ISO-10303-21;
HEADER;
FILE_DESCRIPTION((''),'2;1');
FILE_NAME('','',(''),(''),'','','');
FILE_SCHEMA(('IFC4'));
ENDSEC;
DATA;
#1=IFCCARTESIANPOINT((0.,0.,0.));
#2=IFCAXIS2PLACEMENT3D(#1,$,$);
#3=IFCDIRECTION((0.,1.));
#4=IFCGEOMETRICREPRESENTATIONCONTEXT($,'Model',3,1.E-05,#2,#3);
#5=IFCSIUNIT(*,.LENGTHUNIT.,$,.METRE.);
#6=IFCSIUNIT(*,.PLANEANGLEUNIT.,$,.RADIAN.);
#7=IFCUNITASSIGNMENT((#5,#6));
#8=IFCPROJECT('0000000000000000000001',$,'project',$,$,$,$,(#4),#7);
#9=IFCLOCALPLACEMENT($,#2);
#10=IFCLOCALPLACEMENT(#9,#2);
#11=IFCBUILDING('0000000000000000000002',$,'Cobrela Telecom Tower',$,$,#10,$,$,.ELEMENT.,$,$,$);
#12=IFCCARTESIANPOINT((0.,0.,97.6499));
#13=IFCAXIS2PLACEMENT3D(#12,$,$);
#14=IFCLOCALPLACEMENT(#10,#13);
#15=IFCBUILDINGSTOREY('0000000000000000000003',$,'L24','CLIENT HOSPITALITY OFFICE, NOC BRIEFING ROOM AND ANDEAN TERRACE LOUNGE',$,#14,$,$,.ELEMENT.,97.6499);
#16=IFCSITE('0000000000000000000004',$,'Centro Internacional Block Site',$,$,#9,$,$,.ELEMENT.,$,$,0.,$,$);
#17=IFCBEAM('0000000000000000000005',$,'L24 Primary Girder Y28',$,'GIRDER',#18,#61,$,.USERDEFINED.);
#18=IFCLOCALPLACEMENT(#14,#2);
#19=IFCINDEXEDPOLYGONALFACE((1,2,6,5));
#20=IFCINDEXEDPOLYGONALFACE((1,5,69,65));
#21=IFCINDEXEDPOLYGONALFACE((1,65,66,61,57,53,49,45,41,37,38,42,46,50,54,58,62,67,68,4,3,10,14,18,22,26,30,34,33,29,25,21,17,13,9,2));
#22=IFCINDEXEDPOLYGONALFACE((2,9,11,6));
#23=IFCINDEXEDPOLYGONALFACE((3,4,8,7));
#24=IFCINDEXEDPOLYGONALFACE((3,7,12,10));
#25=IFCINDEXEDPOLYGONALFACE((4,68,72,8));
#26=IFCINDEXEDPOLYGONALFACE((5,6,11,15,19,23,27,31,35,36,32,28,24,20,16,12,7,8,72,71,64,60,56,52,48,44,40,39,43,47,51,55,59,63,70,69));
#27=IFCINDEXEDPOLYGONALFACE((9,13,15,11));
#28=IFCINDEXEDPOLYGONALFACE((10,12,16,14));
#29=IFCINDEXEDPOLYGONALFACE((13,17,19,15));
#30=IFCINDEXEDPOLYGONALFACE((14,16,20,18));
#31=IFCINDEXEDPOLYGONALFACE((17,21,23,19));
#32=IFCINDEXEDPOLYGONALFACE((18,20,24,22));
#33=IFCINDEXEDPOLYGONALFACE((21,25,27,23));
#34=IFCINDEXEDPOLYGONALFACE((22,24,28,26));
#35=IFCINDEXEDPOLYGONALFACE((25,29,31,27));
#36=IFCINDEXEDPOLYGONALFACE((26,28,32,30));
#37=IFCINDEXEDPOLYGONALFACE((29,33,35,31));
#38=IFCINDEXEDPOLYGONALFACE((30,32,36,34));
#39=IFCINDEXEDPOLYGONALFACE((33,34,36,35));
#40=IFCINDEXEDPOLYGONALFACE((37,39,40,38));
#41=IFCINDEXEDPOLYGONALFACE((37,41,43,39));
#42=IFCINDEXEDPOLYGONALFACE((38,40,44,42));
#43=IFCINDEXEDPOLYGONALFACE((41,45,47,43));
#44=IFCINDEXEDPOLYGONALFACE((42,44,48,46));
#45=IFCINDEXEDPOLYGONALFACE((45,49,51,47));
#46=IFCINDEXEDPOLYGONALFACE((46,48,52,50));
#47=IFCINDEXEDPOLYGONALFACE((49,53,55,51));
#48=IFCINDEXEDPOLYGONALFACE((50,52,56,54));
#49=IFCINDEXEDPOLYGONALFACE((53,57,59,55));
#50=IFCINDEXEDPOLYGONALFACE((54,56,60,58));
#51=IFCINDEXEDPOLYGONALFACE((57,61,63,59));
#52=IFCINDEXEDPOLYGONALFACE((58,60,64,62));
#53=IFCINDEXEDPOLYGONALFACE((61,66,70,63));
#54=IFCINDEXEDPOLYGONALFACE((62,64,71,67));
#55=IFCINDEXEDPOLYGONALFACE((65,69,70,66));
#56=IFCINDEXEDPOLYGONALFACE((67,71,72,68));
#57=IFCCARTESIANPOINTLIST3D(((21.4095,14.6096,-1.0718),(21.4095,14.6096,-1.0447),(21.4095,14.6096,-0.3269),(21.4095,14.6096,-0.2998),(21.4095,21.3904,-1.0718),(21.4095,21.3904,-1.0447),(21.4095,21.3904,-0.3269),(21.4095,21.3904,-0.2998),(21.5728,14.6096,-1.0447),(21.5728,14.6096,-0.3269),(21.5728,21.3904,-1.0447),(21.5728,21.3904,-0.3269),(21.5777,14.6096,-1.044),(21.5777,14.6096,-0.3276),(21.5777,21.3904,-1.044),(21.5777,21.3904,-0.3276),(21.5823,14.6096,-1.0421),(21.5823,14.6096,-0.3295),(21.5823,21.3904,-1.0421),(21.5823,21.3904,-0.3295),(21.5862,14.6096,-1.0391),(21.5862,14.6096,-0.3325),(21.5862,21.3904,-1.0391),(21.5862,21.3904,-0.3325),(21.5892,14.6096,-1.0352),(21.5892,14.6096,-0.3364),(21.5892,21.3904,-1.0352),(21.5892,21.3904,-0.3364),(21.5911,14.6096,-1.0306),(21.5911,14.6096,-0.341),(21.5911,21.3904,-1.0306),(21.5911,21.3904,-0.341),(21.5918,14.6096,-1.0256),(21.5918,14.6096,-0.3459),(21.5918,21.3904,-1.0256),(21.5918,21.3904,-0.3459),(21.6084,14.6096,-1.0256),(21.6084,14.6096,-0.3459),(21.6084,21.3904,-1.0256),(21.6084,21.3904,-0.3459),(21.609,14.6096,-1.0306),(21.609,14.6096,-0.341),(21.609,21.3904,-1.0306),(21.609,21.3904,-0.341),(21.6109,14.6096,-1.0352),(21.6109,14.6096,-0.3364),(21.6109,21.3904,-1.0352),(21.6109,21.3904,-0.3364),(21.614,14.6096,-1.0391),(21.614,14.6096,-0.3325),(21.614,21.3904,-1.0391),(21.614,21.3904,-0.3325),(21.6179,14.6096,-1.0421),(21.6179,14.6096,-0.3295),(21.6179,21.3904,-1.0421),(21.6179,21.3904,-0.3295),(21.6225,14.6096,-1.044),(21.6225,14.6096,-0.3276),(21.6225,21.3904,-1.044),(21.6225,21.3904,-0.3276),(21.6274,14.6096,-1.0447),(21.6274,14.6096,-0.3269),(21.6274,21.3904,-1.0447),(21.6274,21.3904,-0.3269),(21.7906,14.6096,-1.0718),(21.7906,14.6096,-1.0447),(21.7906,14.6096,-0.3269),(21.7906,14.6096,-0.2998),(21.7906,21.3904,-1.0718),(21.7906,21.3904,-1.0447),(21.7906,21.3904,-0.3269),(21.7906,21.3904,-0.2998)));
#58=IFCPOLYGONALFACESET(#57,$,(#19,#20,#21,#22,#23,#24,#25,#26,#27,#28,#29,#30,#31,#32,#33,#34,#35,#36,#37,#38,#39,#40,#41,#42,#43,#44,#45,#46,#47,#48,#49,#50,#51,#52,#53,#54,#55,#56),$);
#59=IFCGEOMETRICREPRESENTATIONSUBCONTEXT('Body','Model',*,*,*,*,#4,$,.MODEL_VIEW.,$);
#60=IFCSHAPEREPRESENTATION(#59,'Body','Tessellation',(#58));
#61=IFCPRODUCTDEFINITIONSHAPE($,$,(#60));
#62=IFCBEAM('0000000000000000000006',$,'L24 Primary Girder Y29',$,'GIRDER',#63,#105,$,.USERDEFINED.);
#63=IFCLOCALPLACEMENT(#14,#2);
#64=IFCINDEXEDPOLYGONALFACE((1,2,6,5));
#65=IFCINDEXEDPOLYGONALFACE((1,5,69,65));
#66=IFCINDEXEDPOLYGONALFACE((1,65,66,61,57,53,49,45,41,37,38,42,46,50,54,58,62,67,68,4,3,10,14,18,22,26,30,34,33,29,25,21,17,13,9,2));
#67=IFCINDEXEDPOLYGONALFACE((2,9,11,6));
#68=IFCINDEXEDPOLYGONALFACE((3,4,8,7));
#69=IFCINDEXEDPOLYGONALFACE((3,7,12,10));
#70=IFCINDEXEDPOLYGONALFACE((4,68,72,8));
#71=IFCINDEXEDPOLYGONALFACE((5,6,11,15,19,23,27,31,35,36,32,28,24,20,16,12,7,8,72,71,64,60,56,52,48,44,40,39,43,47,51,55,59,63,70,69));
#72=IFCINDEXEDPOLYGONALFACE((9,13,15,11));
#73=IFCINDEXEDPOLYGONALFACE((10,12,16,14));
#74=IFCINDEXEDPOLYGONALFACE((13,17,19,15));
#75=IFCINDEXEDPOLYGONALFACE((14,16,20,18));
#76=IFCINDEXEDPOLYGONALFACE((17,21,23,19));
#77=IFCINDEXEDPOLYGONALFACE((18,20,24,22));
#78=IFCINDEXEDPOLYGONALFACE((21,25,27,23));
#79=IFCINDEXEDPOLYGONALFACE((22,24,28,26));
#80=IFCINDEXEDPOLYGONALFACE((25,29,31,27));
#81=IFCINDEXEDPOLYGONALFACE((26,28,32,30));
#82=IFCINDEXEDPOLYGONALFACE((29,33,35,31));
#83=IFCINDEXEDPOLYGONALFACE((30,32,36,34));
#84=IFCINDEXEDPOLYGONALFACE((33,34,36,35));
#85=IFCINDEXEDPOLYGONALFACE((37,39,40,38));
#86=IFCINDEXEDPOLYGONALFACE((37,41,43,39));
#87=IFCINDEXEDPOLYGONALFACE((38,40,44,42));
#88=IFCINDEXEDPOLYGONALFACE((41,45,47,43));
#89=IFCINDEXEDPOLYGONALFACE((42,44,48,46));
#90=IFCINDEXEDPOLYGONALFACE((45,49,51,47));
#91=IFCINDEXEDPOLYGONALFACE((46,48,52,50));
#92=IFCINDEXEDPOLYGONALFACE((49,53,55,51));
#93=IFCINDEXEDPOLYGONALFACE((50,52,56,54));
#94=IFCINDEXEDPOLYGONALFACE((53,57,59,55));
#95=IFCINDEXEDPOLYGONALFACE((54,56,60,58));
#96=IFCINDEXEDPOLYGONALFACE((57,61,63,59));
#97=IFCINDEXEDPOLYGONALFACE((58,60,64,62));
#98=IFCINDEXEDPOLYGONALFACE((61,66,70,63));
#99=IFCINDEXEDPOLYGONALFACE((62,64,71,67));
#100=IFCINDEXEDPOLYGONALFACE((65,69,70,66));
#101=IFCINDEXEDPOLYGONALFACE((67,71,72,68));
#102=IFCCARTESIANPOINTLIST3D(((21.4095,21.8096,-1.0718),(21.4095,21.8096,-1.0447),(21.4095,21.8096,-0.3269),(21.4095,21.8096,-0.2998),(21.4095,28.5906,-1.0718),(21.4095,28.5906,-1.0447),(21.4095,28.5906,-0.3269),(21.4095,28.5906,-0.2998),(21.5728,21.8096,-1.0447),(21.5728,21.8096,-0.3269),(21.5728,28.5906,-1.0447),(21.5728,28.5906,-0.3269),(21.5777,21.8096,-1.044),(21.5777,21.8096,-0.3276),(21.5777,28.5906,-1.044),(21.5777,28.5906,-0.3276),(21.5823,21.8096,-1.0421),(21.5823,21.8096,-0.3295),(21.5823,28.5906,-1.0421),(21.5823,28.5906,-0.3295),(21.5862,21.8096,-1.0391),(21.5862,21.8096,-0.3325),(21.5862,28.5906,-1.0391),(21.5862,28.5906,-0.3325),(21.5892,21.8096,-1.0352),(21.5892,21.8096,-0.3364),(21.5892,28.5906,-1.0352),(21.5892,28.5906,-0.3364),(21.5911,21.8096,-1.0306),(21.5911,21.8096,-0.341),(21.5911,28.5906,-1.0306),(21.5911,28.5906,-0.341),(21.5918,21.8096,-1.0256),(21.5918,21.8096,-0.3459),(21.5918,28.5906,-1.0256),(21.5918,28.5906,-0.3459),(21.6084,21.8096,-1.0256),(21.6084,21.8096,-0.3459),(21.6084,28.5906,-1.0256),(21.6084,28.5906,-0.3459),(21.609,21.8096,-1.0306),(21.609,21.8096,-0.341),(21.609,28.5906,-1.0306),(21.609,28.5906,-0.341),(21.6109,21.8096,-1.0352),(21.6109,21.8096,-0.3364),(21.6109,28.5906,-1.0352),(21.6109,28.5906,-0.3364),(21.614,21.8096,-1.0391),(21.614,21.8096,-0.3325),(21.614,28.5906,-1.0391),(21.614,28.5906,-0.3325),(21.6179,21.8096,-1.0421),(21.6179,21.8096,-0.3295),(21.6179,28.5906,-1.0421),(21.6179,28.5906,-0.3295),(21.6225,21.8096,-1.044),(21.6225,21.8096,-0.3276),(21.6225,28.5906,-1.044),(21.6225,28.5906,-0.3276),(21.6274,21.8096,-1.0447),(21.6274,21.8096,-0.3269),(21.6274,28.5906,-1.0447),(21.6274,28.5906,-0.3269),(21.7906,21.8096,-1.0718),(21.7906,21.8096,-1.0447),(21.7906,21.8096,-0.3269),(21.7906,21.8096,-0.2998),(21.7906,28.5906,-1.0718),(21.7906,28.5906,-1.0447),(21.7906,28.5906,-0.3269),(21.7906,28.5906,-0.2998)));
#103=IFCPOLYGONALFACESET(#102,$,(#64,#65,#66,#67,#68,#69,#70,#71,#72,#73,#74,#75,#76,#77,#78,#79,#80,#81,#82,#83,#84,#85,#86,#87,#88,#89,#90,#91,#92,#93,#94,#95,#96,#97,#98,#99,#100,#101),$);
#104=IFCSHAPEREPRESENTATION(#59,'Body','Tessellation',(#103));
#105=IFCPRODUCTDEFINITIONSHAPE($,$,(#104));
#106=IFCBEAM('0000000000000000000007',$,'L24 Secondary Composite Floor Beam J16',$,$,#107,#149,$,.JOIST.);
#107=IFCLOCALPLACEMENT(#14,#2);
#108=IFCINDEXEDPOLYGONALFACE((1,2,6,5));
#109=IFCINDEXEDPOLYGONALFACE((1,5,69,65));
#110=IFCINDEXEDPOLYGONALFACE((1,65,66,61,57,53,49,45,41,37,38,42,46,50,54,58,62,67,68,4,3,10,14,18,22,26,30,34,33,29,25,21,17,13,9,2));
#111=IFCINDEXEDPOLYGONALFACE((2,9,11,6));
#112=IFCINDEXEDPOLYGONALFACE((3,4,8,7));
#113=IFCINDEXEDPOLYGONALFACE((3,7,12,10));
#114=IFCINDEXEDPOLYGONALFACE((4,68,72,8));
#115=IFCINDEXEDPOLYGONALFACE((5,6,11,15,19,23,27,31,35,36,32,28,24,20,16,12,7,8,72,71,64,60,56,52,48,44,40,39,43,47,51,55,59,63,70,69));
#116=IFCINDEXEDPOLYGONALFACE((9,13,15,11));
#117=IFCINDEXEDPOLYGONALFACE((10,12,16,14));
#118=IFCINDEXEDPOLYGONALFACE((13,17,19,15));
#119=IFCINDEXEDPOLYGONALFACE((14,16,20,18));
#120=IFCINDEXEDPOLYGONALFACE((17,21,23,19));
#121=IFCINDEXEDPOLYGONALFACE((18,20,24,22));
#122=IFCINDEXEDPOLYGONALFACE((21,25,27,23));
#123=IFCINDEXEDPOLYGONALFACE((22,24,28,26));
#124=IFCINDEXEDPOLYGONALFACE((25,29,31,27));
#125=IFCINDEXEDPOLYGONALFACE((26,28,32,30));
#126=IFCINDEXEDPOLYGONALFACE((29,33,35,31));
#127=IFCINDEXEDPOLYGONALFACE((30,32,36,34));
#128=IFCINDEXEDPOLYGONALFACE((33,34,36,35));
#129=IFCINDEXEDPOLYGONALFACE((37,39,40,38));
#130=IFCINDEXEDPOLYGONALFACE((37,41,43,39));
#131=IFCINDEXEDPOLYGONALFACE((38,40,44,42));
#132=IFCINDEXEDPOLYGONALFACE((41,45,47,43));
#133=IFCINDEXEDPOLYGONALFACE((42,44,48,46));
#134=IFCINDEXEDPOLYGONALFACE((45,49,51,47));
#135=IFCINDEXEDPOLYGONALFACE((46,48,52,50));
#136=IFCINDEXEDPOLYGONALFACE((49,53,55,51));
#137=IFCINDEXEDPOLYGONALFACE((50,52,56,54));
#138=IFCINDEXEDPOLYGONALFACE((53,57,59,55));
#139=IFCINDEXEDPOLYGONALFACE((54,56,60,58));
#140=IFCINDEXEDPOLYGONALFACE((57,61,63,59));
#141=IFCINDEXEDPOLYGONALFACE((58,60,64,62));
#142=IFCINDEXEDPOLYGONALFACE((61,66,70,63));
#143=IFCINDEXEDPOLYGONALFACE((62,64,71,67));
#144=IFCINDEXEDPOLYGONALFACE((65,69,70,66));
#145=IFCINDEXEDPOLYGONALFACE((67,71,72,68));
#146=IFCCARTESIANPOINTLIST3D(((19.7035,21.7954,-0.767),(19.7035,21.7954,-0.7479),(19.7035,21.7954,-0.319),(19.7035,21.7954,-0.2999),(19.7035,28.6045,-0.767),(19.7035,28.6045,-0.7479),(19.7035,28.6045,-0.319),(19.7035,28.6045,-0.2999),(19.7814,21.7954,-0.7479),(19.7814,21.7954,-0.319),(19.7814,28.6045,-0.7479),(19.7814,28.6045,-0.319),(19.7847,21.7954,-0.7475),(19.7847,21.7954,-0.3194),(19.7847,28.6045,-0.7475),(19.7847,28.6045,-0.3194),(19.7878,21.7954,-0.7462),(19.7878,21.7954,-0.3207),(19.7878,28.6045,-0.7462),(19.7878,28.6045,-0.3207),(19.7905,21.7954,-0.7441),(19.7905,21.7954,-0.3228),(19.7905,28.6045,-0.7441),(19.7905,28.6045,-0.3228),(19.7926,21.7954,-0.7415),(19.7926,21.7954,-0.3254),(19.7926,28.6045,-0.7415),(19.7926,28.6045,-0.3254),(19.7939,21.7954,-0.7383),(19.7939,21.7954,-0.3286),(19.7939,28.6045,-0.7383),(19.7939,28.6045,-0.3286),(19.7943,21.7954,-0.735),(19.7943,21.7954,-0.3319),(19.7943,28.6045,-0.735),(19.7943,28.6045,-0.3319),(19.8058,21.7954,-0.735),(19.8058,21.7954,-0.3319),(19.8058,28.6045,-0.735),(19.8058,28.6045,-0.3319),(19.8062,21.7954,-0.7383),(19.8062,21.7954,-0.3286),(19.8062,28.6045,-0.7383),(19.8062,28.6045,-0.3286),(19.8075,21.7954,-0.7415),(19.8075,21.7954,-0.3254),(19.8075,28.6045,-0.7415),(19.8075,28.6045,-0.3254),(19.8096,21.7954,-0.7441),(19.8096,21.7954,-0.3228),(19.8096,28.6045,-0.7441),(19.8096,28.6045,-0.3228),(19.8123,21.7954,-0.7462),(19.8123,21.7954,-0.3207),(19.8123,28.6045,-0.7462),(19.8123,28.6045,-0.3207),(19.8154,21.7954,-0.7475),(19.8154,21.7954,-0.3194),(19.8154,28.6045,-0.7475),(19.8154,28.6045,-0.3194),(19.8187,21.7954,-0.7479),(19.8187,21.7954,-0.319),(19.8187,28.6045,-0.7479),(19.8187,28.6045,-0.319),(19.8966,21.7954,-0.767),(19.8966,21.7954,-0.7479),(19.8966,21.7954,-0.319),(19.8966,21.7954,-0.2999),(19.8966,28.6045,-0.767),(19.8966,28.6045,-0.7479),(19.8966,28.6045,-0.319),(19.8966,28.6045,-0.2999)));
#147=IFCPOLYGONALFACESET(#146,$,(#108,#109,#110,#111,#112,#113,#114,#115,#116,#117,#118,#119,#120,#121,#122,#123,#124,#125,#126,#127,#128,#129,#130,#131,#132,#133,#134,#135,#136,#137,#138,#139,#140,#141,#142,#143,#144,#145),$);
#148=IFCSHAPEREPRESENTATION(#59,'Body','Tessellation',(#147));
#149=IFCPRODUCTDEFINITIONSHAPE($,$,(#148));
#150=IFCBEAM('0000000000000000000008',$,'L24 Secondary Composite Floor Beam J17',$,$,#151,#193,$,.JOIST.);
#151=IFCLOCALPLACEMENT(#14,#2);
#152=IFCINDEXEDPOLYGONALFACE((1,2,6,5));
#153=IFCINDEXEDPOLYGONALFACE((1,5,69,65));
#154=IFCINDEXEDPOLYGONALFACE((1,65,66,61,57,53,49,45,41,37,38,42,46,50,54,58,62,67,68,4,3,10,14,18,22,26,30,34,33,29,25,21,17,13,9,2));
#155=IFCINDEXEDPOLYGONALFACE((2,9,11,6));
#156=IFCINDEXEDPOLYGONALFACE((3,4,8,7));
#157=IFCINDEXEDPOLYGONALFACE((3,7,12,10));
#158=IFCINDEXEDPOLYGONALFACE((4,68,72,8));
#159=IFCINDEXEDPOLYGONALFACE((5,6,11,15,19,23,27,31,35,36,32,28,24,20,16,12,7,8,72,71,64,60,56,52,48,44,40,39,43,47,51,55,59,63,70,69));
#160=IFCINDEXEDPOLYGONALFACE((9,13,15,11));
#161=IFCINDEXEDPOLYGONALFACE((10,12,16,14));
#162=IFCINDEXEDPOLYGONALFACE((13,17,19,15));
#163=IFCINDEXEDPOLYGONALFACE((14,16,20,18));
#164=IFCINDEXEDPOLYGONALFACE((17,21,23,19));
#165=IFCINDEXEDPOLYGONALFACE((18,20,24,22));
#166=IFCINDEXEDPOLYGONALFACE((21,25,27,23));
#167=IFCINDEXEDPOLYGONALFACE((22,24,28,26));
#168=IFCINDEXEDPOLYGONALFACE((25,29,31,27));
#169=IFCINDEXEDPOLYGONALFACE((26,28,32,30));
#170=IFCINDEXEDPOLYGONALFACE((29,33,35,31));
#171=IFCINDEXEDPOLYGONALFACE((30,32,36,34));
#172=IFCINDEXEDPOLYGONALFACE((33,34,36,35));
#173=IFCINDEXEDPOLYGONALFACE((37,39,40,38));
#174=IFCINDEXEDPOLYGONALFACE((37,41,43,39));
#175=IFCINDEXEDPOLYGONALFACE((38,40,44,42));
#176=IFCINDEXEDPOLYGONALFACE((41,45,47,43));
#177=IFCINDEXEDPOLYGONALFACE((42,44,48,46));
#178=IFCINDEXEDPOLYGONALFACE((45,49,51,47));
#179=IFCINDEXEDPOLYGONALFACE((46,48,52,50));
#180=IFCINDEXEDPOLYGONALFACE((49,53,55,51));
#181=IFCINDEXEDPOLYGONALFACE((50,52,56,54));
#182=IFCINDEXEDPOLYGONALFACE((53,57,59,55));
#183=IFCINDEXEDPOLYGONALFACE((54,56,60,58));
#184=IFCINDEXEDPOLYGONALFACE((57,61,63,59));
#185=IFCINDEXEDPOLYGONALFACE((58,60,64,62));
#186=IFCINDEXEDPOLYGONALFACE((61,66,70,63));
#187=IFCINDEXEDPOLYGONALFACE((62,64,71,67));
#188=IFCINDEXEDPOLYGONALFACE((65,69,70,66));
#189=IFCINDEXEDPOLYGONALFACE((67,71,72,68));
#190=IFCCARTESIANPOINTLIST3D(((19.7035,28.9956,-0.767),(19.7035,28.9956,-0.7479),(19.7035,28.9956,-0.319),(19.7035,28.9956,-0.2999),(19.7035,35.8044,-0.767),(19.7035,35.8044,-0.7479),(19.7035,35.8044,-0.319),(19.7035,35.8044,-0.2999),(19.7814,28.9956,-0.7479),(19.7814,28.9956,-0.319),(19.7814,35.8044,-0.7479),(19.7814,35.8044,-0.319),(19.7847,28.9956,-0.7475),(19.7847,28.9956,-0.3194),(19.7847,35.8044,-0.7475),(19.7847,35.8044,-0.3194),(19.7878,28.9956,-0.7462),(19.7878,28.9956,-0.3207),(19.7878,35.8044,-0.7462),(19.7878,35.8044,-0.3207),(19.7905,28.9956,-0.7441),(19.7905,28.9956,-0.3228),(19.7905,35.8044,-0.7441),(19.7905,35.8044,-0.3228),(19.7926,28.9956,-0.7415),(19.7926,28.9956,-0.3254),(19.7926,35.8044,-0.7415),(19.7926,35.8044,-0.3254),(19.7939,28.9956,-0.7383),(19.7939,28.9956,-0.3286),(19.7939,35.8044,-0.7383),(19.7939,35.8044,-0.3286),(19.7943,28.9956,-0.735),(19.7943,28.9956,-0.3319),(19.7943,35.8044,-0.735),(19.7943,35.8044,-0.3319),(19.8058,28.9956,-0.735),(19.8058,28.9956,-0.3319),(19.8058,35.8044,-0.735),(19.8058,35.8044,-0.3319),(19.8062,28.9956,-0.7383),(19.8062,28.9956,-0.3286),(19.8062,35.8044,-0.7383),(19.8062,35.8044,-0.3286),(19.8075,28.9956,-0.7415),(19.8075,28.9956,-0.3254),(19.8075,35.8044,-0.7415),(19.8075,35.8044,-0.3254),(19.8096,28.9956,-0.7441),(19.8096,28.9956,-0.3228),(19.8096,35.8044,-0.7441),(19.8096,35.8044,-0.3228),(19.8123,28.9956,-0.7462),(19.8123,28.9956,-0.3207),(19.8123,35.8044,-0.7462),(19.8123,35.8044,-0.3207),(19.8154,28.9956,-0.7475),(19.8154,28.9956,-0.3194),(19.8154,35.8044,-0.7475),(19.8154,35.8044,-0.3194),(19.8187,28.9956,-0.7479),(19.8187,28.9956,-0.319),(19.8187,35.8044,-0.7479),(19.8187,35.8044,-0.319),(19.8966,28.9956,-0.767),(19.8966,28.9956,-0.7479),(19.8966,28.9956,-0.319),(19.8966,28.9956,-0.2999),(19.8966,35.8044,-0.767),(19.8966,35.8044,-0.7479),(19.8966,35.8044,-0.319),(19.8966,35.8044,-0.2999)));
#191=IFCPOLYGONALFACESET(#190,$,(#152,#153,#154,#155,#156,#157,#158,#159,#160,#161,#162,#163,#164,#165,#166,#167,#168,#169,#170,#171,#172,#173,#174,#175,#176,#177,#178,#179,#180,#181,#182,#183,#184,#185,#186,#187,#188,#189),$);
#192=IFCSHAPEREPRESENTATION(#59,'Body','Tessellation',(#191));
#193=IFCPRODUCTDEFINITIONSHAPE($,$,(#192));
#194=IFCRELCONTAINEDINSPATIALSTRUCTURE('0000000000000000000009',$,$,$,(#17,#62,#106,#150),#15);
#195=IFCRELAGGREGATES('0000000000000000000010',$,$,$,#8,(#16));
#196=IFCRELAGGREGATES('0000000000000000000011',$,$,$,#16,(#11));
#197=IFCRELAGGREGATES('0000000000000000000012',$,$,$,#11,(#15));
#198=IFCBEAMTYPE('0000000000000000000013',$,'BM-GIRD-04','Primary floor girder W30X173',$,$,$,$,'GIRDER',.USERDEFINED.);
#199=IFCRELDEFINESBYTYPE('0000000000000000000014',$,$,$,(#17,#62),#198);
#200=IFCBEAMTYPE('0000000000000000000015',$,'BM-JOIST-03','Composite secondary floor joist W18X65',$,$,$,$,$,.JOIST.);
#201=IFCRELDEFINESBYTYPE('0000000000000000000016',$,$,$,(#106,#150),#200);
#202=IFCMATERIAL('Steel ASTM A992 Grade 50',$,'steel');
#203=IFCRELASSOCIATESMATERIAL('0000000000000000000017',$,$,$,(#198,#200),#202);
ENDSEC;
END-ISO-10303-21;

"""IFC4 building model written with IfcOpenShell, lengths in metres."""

from ifc_helpers import new_model, si_unit, direction, frame, origin, origin_2d, place, context, subcontext, project, spatial, i_section, extrude, material, material_profile, profile_set, type_object, element, save


model = new_model("IFC4")

# Units and contexts
model_context = context("Model", 3, precision=1e-05, world=origin(), true_north=direction((0.0, 1.0)))
body_context = subcontext(model_context, "Body", "Model", "MODEL_VIEW")
ifc_project = project(units=[si_unit("LENGTHUNIT", "METRE"), si_unit("PLANEANGLEUNIT", "RADIAN")], contexts=[model_context])

# Site, building, storey
site_placement = place(None, origin())
site = spatial("IfcSite", under=ifc_project, at=site_placement, Name="Centro Internacional Block Site", CompositionType="ELEMENT", RefElevation=0.0)
building_placement = place(site_placement, origin())
building = spatial("IfcBuilding", under=site, at=building_placement, Name="Cobrela Telecom Tower", CompositionType="ELEMENT")
storey_placement = place(building_placement, frame((0.0, 0.0, 97.6499)))
storey = spatial("IfcBuildingStorey", under=building, at=storey_placement, Name="L24", Description="CLIENT HOSPITALITY OFFICE, NOC BRIEFING ROOM AND ANDEAN TERRACE LOUNGE", CompositionType="ELEMENT", Elevation=97.6499)

# Shared definitions
ifc_material_1 = material(Name="Steel ASTM A992 Grade 50", Category="steel")

# Beams
ifc_material_profile_1 = material_profile(ifc_material_1, i_section(OverallWidth=0.3811, OverallDepth=0.772, WebThickness=0.0166, FlangeThickness=0.0271, FilletRadius=0.019, at=origin_2d()), Name="W30X173")
ifc_profile_set_1 = profile_set([ifc_material_profile_1], Name="Steel ASTM A992 Grade 50")
beam_type_1 = type_object("IfcBeamType", Name="BM-GIRD-04", Description="Primary floor girder W30X173", ElementType="GIRDER", PredefinedType="USERDEFINED", material=ifc_profile_set_1)
beam_1_placement = place(storey_placement, frame((21.6001, 14.6096, -0.6858), z_axis=(0.0, 1.0, 0.0), x_axis=(-1.0, 0.0, 0.0)))
element("IfcBeam", 1, at=beam_1_placement, inside=storey, type_object=beam_type_1, Name="L24 Primary Girder Y28", ObjectType="GIRDER", PredefinedType="USERDEFINED", context=body_context, shape_type="SweptSolid", body=[
    extrude(i_section(OverallWidth=0.3811, OverallDepth=0.772, WebThickness=0.0166, FlangeThickness=0.0271, FilletRadius=0.019, at=origin_2d()), origin(), (0.0, 0.0, 1.0), 6.7808),
])
beam_2_placement = place(storey_placement, frame((21.6001, 21.8096, -0.6858), z_axis=(0.0, 1.0, 0.0), x_axis=(-1.0, 0.0, 0.0)))
element("IfcBeam", 2, at=beam_2_placement, inside=storey, type_object=beam_type_1, Name="L24 Primary Girder Y29", ObjectType="GIRDER", PredefinedType="USERDEFINED", context=body_context, shape_type="SweptSolid", body=[
    extrude(i_section(OverallWidth=0.3811, OverallDepth=0.772, WebThickness=0.0166, FlangeThickness=0.0271, FilletRadius=0.019, at=origin_2d()), origin(), (0.0, 0.0, 1.0), 6.781),
])
ifc_material_profile_2 = material_profile(ifc_material_1, i_section(OverallWidth=0.1931, OverallDepth=0.467, WebThickness=0.0115, FlangeThickness=0.019, FilletRadius=0.0129, at=origin_2d()), Name="W18X65")
ifc_profile_set_2 = profile_set([ifc_material_profile_2], Name="Steel ASTM A992 Grade 50")
beam_type_2 = type_object("IfcBeamType", Name="BM-JOIST-03", Description="Composite secondary floor joist W18X65", PredefinedType="JOIST", material=ifc_profile_set_2)
beam_3_placement = place(storey_placement, frame((19.8, 21.7954, -0.5334), z_axis=(0.0, 1.0, 0.0), x_axis=(-1.0, 0.0, 0.0)))
element("IfcBeam", 3, at=beam_3_placement, inside=storey, type_object=beam_type_2, Name="L24 Secondary Composite Floor Beam J16", PredefinedType="JOIST", context=body_context, shape_type="SweptSolid", body=[
    extrude(i_section(OverallWidth=0.1931, OverallDepth=0.467, WebThickness=0.0115, FlangeThickness=0.019, FilletRadius=0.0129, at=origin_2d()), origin(), (0.0, 0.0, 1.0), 6.8091),
])
beam_4_placement = place(storey_placement, frame((19.8, 28.9956, -0.5334), z_axis=(0.0, 1.0, 0.0), x_axis=(-1.0, 0.0, 0.0)))
element("IfcBeam", 4, at=beam_4_placement, inside=storey, type_object=beam_type_2, Name="L24 Secondary Composite Floor Beam J17", PredefinedType="JOIST", context=body_context, shape_type="SweptSolid", body=[
    extrude(i_section(OverallWidth=0.1931, OverallDepth=0.467, WebThickness=0.0115, FlangeThickness=0.019, FilletRadius=0.0129, at=origin_2d()), origin(), (0.0, 0.0, 1.0), 6.8088),
])

save(model, "model.ifc")
